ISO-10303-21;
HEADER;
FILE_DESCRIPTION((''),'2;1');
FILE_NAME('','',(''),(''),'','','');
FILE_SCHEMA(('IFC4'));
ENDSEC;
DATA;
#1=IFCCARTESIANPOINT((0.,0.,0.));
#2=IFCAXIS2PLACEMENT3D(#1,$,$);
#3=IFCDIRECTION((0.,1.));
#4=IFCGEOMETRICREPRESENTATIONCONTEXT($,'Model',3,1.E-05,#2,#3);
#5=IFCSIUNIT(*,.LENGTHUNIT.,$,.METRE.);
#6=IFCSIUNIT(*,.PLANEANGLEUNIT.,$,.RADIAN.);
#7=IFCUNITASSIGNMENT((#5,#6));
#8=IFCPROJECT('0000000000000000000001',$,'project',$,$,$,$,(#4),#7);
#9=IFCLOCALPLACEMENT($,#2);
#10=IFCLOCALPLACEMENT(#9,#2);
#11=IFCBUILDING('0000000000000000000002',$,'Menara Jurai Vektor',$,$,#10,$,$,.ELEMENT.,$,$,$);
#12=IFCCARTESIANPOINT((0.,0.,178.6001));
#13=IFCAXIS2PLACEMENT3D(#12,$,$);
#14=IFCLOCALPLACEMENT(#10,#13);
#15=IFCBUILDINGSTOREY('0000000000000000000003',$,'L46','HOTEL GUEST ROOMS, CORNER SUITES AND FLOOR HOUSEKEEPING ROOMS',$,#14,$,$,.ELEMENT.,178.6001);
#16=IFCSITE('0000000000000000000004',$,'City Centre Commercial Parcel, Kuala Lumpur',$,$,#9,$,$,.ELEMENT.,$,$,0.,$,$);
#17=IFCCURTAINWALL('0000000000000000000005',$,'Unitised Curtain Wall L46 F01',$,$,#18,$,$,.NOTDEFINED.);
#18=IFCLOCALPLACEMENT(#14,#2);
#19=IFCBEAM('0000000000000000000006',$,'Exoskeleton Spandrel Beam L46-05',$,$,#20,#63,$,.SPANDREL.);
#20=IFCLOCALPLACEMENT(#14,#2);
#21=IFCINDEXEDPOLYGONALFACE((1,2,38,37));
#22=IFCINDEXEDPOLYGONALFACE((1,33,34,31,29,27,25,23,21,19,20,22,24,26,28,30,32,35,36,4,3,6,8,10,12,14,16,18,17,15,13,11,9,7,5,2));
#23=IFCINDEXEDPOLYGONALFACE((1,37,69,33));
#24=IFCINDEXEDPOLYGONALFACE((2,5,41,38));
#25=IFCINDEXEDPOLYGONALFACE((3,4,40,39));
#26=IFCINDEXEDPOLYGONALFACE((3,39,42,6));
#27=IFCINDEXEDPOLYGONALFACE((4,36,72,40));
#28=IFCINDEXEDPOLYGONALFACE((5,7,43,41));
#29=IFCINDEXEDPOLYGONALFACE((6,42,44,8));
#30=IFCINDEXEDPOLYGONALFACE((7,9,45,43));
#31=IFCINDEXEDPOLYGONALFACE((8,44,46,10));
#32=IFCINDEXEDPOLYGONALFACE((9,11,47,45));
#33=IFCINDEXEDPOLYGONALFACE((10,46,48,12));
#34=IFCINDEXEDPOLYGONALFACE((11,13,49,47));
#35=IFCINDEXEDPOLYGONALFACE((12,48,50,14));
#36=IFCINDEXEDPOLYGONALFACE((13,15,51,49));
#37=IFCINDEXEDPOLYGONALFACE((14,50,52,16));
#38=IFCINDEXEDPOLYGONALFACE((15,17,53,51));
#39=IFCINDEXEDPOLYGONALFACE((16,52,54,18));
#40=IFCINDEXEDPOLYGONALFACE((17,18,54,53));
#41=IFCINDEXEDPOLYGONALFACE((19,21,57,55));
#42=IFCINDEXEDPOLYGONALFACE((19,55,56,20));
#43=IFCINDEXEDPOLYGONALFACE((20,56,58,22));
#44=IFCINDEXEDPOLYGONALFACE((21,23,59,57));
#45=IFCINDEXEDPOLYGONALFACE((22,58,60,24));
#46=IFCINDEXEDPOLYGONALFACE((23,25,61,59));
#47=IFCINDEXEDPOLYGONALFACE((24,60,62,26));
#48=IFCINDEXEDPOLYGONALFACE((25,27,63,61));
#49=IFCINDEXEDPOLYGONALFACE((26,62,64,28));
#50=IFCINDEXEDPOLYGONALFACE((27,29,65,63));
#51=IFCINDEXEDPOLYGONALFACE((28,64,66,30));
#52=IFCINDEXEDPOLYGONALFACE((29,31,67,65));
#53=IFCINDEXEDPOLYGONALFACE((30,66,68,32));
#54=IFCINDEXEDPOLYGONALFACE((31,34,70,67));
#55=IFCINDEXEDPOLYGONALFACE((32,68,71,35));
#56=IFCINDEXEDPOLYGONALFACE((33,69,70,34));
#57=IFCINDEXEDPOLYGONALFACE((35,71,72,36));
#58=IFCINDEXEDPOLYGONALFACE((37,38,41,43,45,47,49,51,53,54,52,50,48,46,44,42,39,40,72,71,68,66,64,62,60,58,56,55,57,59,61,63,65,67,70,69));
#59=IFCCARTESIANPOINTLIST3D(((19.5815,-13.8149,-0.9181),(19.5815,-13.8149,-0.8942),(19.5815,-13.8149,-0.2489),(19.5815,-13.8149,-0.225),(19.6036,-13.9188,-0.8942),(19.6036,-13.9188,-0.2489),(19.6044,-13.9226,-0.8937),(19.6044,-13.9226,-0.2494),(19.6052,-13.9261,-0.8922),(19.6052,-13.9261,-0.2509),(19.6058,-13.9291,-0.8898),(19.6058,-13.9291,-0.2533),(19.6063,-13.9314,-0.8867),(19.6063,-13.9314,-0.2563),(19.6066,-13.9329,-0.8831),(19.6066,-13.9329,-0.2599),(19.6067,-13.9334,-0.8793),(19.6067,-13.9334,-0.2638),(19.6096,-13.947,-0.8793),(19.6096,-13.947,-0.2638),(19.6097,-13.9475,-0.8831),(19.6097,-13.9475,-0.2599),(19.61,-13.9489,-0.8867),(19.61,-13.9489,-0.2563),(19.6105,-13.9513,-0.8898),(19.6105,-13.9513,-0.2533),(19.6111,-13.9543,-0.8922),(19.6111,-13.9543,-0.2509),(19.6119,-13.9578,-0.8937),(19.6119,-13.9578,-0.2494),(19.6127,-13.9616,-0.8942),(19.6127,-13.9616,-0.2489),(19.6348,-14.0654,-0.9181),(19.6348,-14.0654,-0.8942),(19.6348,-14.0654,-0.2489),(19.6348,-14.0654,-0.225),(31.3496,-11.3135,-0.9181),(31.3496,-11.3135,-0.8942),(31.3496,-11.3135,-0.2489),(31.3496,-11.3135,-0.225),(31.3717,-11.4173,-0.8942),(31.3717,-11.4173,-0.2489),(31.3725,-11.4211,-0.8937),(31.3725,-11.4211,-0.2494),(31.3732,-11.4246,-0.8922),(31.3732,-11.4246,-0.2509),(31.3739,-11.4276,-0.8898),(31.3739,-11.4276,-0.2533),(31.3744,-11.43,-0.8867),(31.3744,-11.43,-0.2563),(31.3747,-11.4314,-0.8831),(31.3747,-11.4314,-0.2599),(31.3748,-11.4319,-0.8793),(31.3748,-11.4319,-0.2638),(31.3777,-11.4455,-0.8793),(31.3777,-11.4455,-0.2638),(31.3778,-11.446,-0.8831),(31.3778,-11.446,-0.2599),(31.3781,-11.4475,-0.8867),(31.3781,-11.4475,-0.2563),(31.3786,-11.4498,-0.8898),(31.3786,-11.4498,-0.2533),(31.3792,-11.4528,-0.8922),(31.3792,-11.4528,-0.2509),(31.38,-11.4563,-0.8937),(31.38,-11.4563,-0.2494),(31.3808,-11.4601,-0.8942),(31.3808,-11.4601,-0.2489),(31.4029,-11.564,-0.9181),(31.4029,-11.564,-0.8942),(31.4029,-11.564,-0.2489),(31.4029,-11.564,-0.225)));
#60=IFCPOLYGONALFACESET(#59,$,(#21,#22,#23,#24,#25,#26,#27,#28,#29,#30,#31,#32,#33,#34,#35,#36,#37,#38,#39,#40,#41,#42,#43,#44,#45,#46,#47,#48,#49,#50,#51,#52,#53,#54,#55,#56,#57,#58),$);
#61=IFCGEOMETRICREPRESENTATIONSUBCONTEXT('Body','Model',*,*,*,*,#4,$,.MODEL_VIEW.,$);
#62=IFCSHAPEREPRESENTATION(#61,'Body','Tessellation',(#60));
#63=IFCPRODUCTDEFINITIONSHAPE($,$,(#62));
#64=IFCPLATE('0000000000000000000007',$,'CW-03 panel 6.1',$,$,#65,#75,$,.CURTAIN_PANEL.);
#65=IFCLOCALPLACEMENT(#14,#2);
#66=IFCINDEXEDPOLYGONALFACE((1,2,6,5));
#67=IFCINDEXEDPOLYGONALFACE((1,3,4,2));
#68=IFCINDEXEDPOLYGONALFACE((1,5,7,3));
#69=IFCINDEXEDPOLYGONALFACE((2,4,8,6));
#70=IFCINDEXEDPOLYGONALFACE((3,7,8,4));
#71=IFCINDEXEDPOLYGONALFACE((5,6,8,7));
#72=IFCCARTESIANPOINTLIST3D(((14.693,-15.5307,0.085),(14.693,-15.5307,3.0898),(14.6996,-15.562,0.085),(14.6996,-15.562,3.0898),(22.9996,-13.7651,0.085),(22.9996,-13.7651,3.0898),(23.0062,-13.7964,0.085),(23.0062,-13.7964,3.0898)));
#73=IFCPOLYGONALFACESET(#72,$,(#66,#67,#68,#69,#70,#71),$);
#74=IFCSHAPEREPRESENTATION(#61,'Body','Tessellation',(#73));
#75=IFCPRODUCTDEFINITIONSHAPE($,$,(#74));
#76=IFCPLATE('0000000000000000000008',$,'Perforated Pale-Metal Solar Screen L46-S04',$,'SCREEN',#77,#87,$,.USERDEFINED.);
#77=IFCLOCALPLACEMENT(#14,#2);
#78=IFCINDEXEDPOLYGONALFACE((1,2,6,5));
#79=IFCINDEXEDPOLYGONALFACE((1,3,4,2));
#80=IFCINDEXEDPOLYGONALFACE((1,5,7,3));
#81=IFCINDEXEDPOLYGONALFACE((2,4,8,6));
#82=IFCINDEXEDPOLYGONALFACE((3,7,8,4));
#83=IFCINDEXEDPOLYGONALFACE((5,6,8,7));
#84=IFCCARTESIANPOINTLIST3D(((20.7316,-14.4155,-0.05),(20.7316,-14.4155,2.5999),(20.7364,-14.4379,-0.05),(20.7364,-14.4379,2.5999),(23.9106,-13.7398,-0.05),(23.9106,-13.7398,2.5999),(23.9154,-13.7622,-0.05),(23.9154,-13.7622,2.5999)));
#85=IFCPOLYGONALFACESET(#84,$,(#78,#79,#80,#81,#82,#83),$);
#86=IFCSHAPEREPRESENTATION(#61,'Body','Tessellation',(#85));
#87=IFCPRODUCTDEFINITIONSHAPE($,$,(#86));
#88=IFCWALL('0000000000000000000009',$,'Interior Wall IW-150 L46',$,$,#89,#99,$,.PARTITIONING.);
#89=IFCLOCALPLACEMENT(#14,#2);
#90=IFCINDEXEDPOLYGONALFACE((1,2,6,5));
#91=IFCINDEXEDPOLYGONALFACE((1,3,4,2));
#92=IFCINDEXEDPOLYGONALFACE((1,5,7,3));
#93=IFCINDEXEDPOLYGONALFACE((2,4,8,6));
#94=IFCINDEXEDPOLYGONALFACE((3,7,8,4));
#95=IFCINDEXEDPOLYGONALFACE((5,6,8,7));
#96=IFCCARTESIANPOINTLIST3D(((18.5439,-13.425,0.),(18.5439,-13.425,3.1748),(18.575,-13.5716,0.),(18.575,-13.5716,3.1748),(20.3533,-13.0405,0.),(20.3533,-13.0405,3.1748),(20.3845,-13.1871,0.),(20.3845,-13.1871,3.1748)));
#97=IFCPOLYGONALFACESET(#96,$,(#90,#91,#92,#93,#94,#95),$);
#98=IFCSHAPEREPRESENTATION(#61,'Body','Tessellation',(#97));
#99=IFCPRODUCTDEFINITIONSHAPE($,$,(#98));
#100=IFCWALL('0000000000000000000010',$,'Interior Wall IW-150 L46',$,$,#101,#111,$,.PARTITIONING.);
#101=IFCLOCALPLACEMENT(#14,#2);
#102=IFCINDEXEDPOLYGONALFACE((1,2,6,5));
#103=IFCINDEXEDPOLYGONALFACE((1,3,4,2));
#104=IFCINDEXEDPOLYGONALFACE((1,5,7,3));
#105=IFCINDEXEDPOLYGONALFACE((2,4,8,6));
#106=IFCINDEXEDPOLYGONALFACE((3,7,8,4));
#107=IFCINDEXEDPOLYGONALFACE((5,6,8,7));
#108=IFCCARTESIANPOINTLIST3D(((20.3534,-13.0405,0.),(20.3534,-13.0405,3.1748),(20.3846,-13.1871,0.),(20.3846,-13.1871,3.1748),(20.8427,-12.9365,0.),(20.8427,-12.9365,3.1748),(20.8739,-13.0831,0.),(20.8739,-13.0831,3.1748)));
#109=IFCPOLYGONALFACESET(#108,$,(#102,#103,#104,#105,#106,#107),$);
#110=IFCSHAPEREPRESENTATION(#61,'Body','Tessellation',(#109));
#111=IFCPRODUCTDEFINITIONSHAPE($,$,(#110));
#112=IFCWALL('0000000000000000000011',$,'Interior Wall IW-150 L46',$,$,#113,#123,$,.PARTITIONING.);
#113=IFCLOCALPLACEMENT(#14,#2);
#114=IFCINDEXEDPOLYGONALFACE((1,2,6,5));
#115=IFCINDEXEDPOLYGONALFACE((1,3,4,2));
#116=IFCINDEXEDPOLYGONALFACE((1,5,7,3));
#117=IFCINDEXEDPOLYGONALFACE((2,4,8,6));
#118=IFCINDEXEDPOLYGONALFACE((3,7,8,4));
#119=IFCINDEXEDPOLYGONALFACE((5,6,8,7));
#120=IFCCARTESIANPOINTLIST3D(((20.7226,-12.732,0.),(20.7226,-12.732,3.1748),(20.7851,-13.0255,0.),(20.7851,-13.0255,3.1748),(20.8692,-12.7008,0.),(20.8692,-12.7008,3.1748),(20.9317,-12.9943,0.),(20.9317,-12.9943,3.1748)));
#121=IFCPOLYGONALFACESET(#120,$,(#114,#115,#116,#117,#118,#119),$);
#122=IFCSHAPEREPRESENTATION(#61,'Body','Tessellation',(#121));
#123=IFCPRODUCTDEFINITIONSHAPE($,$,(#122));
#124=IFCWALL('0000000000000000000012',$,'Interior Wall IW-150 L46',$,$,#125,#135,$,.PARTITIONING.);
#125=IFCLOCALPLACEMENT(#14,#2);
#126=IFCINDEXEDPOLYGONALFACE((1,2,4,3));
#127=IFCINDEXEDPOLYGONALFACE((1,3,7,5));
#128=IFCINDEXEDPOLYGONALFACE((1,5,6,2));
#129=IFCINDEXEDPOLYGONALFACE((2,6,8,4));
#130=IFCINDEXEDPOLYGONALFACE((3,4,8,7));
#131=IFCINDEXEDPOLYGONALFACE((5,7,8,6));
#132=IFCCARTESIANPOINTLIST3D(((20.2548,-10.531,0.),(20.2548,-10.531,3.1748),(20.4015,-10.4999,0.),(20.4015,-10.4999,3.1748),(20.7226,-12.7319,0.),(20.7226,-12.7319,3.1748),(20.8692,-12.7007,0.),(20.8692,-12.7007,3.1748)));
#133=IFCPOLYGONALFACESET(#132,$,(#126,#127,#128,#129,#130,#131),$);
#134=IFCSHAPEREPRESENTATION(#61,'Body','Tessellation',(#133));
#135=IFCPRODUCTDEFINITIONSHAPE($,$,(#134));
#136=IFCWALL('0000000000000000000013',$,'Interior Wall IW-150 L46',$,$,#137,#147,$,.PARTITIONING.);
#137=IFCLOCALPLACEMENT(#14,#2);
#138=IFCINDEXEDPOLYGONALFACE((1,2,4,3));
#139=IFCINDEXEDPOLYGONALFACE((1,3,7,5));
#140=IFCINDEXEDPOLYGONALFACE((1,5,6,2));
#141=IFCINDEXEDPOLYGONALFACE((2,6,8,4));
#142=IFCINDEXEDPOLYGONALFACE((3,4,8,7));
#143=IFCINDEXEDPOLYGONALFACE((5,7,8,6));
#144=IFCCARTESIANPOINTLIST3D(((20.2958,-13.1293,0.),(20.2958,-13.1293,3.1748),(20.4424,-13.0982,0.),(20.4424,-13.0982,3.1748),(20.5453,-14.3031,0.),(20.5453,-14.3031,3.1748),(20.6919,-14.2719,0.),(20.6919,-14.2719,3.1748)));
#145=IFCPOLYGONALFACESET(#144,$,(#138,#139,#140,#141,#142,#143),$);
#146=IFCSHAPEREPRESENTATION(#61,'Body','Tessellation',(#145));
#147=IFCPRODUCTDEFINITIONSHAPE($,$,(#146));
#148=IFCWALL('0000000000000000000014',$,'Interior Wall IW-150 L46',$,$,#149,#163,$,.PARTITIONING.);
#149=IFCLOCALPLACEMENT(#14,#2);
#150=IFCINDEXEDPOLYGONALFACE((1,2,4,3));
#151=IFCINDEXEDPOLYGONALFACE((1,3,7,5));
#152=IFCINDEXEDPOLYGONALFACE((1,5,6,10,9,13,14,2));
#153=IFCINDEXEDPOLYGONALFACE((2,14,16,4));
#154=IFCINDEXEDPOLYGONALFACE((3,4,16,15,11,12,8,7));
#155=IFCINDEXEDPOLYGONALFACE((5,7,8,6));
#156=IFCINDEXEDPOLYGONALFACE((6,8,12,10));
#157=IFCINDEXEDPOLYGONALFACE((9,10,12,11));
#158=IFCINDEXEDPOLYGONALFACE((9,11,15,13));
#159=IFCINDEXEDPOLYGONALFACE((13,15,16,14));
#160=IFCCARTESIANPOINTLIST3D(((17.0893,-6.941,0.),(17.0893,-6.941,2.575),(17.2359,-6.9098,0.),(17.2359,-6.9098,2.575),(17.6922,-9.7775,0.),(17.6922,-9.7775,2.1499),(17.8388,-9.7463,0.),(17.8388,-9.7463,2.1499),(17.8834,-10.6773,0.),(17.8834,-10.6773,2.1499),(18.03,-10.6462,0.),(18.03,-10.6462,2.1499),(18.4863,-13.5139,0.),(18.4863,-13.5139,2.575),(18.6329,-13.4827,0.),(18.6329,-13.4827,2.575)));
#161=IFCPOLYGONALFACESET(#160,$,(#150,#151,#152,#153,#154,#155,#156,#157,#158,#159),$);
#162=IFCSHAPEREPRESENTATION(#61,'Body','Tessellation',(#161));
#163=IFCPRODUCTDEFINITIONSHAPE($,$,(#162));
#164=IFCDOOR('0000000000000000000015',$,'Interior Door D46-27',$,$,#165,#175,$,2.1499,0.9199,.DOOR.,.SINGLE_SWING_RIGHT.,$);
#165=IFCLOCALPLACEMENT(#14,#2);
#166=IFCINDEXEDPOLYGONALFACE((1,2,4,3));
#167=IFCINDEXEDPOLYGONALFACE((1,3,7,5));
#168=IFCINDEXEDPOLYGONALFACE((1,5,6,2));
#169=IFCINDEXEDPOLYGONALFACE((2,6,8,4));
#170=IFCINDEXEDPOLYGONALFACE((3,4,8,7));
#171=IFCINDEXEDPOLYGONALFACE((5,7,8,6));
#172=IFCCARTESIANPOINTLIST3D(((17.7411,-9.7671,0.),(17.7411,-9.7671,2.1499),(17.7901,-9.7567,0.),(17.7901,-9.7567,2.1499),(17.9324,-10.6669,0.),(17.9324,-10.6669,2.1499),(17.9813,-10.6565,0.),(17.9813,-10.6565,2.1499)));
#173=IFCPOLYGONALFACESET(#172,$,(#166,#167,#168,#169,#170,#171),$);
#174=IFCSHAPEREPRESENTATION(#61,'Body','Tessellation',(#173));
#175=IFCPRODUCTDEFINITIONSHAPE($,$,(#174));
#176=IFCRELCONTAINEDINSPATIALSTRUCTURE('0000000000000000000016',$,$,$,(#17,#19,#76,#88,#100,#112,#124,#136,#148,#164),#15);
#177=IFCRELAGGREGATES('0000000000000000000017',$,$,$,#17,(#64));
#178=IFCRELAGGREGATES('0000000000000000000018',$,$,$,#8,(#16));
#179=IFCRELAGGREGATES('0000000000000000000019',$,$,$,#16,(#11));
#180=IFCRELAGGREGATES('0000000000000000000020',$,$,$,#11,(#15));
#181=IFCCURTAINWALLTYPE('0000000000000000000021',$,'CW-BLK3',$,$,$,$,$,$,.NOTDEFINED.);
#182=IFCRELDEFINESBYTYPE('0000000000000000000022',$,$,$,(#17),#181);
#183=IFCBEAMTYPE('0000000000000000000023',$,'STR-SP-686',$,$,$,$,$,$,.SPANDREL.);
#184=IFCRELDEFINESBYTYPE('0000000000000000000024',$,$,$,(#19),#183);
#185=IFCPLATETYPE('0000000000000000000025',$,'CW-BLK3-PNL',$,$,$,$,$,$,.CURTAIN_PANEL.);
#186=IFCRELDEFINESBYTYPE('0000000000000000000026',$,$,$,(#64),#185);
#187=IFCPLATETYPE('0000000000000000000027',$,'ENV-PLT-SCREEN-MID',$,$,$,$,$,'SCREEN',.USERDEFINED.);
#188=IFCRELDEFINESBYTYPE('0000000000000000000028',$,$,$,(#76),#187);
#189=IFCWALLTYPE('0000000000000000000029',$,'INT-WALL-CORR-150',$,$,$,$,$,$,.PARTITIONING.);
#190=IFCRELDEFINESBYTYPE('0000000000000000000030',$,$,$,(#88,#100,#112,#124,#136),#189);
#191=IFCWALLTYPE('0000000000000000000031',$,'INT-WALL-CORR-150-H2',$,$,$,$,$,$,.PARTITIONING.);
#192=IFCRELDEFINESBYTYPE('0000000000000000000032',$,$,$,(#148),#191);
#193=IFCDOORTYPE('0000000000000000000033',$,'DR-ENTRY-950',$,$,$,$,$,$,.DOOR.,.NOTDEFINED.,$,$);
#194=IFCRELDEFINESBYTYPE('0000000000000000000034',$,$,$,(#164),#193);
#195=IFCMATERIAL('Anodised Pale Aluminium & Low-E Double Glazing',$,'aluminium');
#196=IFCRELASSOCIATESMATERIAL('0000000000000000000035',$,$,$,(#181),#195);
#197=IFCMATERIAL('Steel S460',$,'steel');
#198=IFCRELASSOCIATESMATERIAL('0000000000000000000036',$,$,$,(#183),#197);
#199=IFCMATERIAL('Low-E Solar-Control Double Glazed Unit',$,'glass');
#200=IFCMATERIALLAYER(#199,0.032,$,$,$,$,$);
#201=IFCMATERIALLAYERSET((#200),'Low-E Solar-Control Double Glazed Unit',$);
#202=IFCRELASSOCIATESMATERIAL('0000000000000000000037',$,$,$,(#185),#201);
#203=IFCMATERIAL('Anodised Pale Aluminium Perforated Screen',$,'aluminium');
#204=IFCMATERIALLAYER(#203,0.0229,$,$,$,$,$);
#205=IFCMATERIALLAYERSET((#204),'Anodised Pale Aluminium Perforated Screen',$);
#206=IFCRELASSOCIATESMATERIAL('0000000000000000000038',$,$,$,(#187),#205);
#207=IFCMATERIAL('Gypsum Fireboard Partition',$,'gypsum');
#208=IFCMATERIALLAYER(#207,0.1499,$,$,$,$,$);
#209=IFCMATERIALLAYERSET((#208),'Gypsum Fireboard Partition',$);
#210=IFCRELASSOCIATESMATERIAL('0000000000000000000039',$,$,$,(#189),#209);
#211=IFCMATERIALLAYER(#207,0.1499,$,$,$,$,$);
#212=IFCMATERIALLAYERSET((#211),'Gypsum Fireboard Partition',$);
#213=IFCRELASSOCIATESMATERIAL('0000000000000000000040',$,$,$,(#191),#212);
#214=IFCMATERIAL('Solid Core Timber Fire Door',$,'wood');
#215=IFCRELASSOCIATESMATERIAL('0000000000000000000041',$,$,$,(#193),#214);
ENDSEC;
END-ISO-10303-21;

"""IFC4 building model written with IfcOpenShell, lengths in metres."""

from ifc_helpers import new_model, si_unit, direction, frame, frame_2d, origin, origin_2d, place, context, subcontext, project, spatial, rectangle, i_section, extrude, material, layer, layer_set, material_profile, profile_set, type_object, element, fill, aggregate, save


model = new_model("IFC4")

# Units and contexts
model_context = context("Model", 3, precision=1e-05, world=origin(), true_north=direction((0.0, 1.0)))
body_context = subcontext(model_context, "Body", "Model", "MODEL_VIEW")
ifc_project = project(units=[si_unit("LENGTHUNIT", "METRE"), si_unit("PLANEANGLEUNIT", "RADIAN")], contexts=[model_context])

# Site, building, storey
site_placement = place(None, origin())
site = spatial("IfcSite", under=ifc_project, at=site_placement, Name="City Centre Commercial Parcel, Kuala Lumpur", CompositionType="ELEMENT", RefElevation=0.0)
building_placement = place(site_placement, origin())
building = spatial("IfcBuilding", under=site, at=building_placement, Name="Menara Jurai Vektor", CompositionType="ELEMENT")
storey_placement = place(building_placement, frame((0.0, 0.0, 178.6001)))
storey = spatial("IfcBuildingStorey", under=building, at=storey_placement, Name="L46", Description="HOTEL GUEST ROOMS, CORNER SUITES AND FLOOR HOUSEKEEPING ROOMS", CompositionType="ELEMENT", Elevation=178.6001)

# Shared definitions
ifc_material_1 = material(Name="Steel S460", Category="steel")

# Curtain wall
ifc_material_2 = material(Name="Anodised Pale Aluminium & Low-E Double Glazing", Category="aluminium")
curtain_wall_type = type_object("IfcCurtainWallType", Name="CW-BLK3", PredefinedType="NOTDEFINED", material=ifc_material_2)
curtain_wall_placement = place(storey_placement, origin())
curtain_wall = element("IfcCurtainWall", 1, at=curtain_wall_placement, inside=storey, type_object=curtain_wall_type, Name="Unitised Curtain Wall L46 F01", PredefinedType="NOTDEFINED")

# Beam
ifc_material_profile_1 = material_profile(ifc_material_1, i_section(OverallWidth=0.2561, OverallDepth=0.6931, WebThickness=0.0139, FlangeThickness=0.0239, FilletRadius=0.0149, at=origin_2d()), Name="UKB 686x254x170")
ifc_profile_set_1 = profile_set([ifc_material_profile_1], Name="Steel S460")
beam_type_1 = type_object("IfcBeamType", Name="STR-SP-686", PredefinedType="SPANDREL", material=ifc_profile_set_1)
beam_1_placement = place(storey_placement, frame((19.6082, -13.9402, -0.5715), z_axis=(0.978146, 0.207918, 0.0), x_axis=(-0.207918, 0.978146, 0.0)))
element("IfcBeam", 2, at=beam_1_placement, inside=storey, type_object=beam_type_1, Name="Exoskeleton Spandrel Beam L46-05", PredefinedType="SPANDREL", context=body_context, shape_type="SweptSolid", body=[
    extrude(i_section(OverallWidth=0.2561, OverallDepth=0.6931, WebThickness=0.0139, FlangeThickness=0.0239, FilletRadius=0.0149, at=origin_2d()), origin(), (0.0, 0.0, 1.0), 12.031),
])

# Plates
ifc_material_3 = material(Name="Low-E Solar-Control Double Glazed Unit", Category="glass")
ifc_layer_1 = layer(ifc_material_3, 0.032)
ifc_layer_set_1 = layer_set([ifc_layer_1], Name="Low-E Solar-Control Double Glazed Unit")
plate_type_1 = type_object("IfcPlateType", Name="CW-BLK3-PNL", PredefinedType="CURTAIN_PANEL", material=ifc_layer_set_1)
plate_1_placement = place(storey_placement, frame((18.8496, -14.6636, 0.085), z_axis=(0.0, 0.0, 1.0), x_axis=(0.978148, 0.207911, 0.0)))
plate_1 = element("IfcPlate", 3, at=plate_1_placement, type_object=plate_type_1, Name="CW-03 panel 6.1", PredefinedType="CURTAIN_PANEL", context=body_context, shape_type="SweptSolid", body=[
    extrude(rectangle(XDim=8.4922, YDim=0.032, at=origin_2d()), origin(), (0.0, 0.0, 1.0), 3.0049),
])
aggregate(curtain_wall, [plate_1])
ifc_material_4 = material(Name="Anodised Pale Aluminium Perforated Screen", Category="aluminium")
ifc_layer_2 = layer(ifc_material_4, 0.0229)
ifc_layer_set_2 = layer_set([ifc_layer_2], Name="Anodised Pale Aluminium Perforated Screen")
plate_type_2 = type_object("IfcPlateType", Name="ENV-PLT-SCREEN-MID", ElementType="SCREEN", PredefinedType="USERDEFINED", material=ifc_layer_set_2)
plate_2_placement = place(storey_placement, frame((22.3235, -14.0889, -0.05), z_axis=(0.0, 0.0, 1.0), x_axis=(0.978148, 0.207912, 0.0)))
element("IfcPlate", 4, at=plate_2_placement, inside=storey, type_object=plate_type_2, Name="Perforated Pale-Metal Solar Screen L46-S04", ObjectType="SCREEN", PredefinedType="USERDEFINED", context=body_context, shape_type="SweptSolid", body=[
    extrude(rectangle(XDim=3.25, YDim=0.0229, at=origin_2d()), origin(), (0.0, 0.0, 1.0), 2.6499),
])

# Walls
ifc_material_5 = material(Name="Gypsum Fireboard Partition", Category="gypsum")
ifc_layer_3 = layer(ifc_material_5, 0.1499)
ifc_layer_set_3 = layer_set([ifc_layer_3], Name="Gypsum Fireboard Partition")
wall_type_1 = type_object("IfcWallType", Name="INT-WALL-CORR-150", PredefinedType="PARTITIONING", material=ifc_layer_set_3)
wall_1_placement = place(storey_placement, frame((18.5596, -13.4983, 0.0), z_axis=(0.0, 0.0, 1.0), x_axis=(0.97816, 0.207852, 0.0)))
element("IfcWall", 5, at=wall_1_placement, inside=storey, type_object=wall_type_1, Name="Interior Wall IW-150 L46", PredefinedType="PARTITIONING", context=body_context, shape_type="SweptSolid", body=[
    extrude(rectangle(XDim=1.8499, YDim=0.1499, at=frame_2d((0.9248, 0.0))), origin(), (0.0, 0.0, 1.0), 3.1748),
])
wall_2_placement = place(storey_placement, frame((20.3691, -13.1138, 0.0), z_axis=(0.0, 0.0, 1.0), x_axis=(0.978144, 0.207929, 0.0)))
element("IfcWall", 6, at=wall_2_placement, inside=storey, type_object=wall_type_1, Name="Interior Wall IW-150 L46", PredefinedType="PARTITIONING", context=body_context, shape_type="SweptSolid", body=[
    extrude(rectangle(XDim=0.5002, YDim=0.1499, at=frame_2d((0.25, 0.0))), origin(), (0.0, 0.0, 1.0), 3.1748),
])
wall_3_placement = place(storey_placement, frame((20.8584, -13.0098, 0.0), z_axis=(0.0, 0.0, 1.0), x_axis=(-0.208306, 0.978064, 0.0)))
element("IfcWall", 7, at=wall_3_placement, inside=storey, type_object=wall_type_1, Name="Interior Wall IW-150 L46", PredefinedType="PARTITIONING", context=body_context, shape_type="SweptSolid", body=[
    extrude(rectangle(XDim=0.3, YDim=0.1499, at=frame_2d((0.1499, 0.0))), origin(), (0.0, 0.0, 1.0), 3.1748),
])
wall_4_placement = place(storey_placement, frame((20.7959, -12.7163, 0.0), z_axis=(0.0, 0.0, 1.0), x_axis=(-0.207891, 0.978152, 0.0)))
element("IfcWall", 8, at=wall_4_placement, inside=storey, type_object=wall_type_1, Name="Interior Wall IW-150 L46", PredefinedType="PARTITIONING", context=body_context, shape_type="SweptSolid", body=[
    extrude(rectangle(XDim=2.25, YDim=0.1499, at=frame_2d((1.125, 0.0))), origin(), (0.0, 0.0, 1.0), 3.1748),
])
wall_5_placement = place(storey_placement, frame((20.6187, -14.2876, 0.0), z_axis=(0.0, 0.0, 1.0), x_axis=(-0.207917, 0.978146, 0.0)))
element("IfcWall", 9, at=wall_5_placement, inside=storey, type_object=wall_type_1, Name="Interior Wall IW-150 L46", PredefinedType="PARTITIONING", context=body_context, shape_type="SweptSolid", body=[
    extrude(rectangle(XDim=1.2, YDim=0.1499, at=frame_2d((0.6001, 0.0))), origin(), (0.0, 0.0, 1.0), 3.1748),
])

# Wall, opening, door
ifc_layer_4 = layer(ifc_material_5, 0.1499)
ifc_layer_set_4 = layer_set([ifc_layer_4], Name="Gypsum Fireboard Partition")
wall_type_2 = type_object("IfcWallType", Name="INT-WALL-CORR-150-H2", PredefinedType="PARTITIONING", material=ifc_layer_set_4)
wall_6_placement = place(storey_placement, frame((18.5596, -13.4983, 0.0), z_axis=(0.0, 0.0, 1.0), x_axis=(-0.207889, 0.978152, 0.0)))
wall_6 = element("IfcWall", 10, at=wall_6_placement, inside=storey, type_object=wall_type_2, Name="Interior Wall IW-150 L46", PredefinedType="PARTITIONING", context=body_context, shape_type="SweptSolid", body=[
    extrude(rectangle(XDim=6.7197, YDim=0.1499, at=frame_2d((3.3599, 0.0))), origin(), (0.0, 0.0, 1.0), 2.575),
])
opening_placement = place(wall_6_placement, frame((2.8999, 0.0, 0.0)))
opening = element("IfcOpeningElement", 11, at=opening_placement, cuts=wall_6, PredefinedType="OPENING", context=body_context, shape_type="SweptSolid", body=[
    extrude(rectangle(XDim=0.9199, YDim=2.1499, at=frame_2d((0.46, 1.075))), frame((0.0, 0.085, 0.0), z_axis=(0.0, -1.0, 0.0), x_axis=(1.0, 0.0, 0.0)), (0.0, 0.0, 1.0), 0.1699),
])
ifc_material_6 = material(Name="Solid Core Timber Fire Door", Category="wood")
door_type = type_object("IfcDoorType", Name="DR-ENTRY-950", OperationType="NOTDEFINED", PredefinedType="DOOR", material=ifc_material_6)
door_placement = place(opening_placement, origin())
door = element("IfcDoor", 12, at=door_placement, inside=storey, type_object=door_type, Name="Interior Door D46-27", OperationType="SINGLE_SWING_RIGHT", OverallHeight=2.1499, OverallWidth=0.9199, PredefinedType="DOOR", context=body_context, shape_type="SweptSolid", body=[
    extrude(rectangle(XDim=0.9199, YDim=2.1499, at=frame_2d((0.46, 1.075))), frame((0.0, 0.0249, 0.0), z_axis=(0.0, -1.0, 0.0), x_axis=(1.0, 0.0, 0.0)), (0.0, 0.0, 1.0), 0.05),
])
fill(opening, door)

save(model, "model.ifc")
